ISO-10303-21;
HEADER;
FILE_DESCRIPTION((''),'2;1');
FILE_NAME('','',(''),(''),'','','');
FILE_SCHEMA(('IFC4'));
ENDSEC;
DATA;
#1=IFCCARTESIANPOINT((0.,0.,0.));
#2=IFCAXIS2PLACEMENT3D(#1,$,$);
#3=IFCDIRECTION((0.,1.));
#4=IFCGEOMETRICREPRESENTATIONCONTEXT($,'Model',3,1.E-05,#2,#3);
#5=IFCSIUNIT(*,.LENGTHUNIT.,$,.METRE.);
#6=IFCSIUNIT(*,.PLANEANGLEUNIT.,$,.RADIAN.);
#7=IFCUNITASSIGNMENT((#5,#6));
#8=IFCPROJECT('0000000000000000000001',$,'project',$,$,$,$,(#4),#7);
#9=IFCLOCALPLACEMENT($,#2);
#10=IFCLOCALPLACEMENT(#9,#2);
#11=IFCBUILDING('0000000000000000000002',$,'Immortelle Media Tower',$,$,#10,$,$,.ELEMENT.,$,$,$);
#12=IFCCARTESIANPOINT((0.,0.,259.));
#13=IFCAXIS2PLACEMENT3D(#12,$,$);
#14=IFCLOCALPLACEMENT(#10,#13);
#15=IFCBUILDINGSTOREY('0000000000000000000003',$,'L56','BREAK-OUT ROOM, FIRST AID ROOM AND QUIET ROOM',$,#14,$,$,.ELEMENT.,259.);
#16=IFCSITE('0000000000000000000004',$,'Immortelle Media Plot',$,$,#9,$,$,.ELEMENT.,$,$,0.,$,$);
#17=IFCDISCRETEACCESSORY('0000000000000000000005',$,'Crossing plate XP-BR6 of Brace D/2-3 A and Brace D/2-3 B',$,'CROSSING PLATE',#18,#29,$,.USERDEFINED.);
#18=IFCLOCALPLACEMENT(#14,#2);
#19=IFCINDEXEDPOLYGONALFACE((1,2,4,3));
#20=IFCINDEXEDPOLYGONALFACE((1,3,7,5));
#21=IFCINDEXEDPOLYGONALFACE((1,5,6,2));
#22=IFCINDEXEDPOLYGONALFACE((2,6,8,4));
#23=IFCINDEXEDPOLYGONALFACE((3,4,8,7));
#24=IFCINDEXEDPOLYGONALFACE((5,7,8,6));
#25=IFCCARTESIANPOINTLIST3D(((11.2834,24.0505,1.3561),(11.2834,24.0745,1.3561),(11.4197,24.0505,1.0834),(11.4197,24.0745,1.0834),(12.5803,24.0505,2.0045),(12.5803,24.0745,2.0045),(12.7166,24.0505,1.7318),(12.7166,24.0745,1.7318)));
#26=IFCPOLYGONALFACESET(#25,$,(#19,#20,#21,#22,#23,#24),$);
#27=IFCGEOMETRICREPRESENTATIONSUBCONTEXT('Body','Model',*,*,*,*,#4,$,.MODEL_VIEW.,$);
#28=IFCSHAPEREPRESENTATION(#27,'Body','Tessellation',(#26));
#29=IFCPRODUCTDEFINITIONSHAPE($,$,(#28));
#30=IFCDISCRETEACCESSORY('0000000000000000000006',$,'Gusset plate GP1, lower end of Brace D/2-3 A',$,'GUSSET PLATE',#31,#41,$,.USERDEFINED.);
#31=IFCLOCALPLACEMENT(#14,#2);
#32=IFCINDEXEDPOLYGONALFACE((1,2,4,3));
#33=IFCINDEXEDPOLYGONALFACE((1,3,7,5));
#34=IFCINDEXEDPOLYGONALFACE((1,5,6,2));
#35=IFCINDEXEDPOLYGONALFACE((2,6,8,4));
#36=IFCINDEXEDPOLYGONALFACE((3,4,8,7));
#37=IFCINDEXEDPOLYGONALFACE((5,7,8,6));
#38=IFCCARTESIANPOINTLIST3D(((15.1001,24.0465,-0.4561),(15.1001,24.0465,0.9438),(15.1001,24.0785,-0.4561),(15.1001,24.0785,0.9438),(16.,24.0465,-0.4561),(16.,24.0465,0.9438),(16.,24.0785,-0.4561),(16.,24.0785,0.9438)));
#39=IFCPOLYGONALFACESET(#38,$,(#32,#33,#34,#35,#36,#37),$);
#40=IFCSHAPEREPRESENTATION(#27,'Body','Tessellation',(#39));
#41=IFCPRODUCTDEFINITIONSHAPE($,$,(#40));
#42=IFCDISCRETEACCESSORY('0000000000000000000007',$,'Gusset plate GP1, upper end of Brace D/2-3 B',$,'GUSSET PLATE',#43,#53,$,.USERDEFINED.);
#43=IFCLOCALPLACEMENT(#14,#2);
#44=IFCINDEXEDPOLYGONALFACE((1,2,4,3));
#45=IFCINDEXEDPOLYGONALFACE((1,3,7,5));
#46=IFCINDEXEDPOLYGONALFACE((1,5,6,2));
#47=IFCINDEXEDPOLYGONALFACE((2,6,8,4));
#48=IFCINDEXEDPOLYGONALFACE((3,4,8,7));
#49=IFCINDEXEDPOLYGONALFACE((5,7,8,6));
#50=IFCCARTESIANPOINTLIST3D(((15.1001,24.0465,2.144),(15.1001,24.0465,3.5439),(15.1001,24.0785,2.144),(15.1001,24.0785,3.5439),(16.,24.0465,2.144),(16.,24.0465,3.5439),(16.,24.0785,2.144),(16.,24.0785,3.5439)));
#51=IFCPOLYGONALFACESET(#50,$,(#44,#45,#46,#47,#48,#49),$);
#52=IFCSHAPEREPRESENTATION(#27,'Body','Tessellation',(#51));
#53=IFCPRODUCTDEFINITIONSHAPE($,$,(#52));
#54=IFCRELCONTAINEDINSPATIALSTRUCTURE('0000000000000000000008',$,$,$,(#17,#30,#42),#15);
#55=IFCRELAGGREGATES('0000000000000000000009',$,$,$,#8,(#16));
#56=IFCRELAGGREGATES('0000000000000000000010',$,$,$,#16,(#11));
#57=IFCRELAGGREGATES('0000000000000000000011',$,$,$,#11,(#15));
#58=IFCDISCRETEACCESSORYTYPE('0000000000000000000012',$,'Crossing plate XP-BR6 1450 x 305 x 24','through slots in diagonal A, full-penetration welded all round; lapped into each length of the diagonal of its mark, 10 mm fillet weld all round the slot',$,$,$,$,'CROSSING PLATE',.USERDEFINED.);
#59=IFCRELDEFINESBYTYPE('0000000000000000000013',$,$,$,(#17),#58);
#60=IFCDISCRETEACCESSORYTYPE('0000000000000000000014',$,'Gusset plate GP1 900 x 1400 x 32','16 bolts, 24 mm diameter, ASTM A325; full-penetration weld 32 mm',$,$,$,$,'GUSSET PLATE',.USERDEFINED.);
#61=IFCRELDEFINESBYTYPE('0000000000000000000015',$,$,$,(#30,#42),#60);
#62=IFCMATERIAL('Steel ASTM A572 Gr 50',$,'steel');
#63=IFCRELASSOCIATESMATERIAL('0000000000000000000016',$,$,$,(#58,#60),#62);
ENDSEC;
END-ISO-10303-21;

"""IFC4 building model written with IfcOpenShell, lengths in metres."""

from ifc_helpers import new_model, si_unit, direction, frame, origin, origin_2d, place, context, subcontext, project, spatial, rectangle, extrude, material, material_profile, profile_set, type_object, element, save


model = new_model("IFC4")

# Units and contexts
model_context = context("Model", 3, precision=1e-05, world=origin(), true_north=direction((0.0, 1.0)))
body_context = subcontext(model_context, "Body", "Model", "MODEL_VIEW")
ifc_project = project(units=[si_unit("LENGTHUNIT", "METRE"), si_unit("PLANEANGLEUNIT", "RADIAN")], contexts=[model_context])

# Site, building, storey
site_placement = place(None, origin())
site = spatial("IfcSite", under=ifc_project, at=site_placement, Name="Immortelle Media Plot", CompositionType="ELEMENT", RefElevation=0.0)
building_placement = place(site_placement, origin())
building = spatial("IfcBuilding", under=site, at=building_placement, Name="Immortelle Media Tower", CompositionType="ELEMENT")
storey_placement = place(building_placement, frame((0.0, 0.0, 259.0)))
storey = spatial("IfcBuildingStorey", under=building, at=storey_placement, Name="L56", Description="BREAK-OUT ROOM, FIRST AID ROOM AND QUIET ROOM", CompositionType="ELEMENT", Elevation=259.0)

# Discrete accessories
ifc_material_1 = material(Name="Steel ASTM A572 Gr 50", Category="steel")
ifc_material_profile_1 = material_profile(ifc_material_1, rectangle(XDim=0.0239, YDim=0.3049, at=origin_2d()), Name="PL 24 x 305")
ifc_profile_set_1 = profile_set([ifc_material_profile_1], Name="Steel ASTM A572 Gr 50")
discrete_accessory_type_1 = type_object("IfcDiscreteAccessoryType", Name="Crossing plate XP-BR6 1450 x 305 x 24", Description="through slots in diagonal A, full-penetration welded all round; lapped into each length of the diagonal of its mark, 10 mm fillet weld all round the slot", ElementType="CROSSING PLATE", PredefinedType="USERDEFINED", material=ifc_profile_set_1)
discrete_accessory_placement = place(storey_placement, frame((12.6484, 24.0625, 1.8682), z_axis=(-0.894427, 0.0, -0.447214), x_axis=(0.0, -1.0, 0.0)))
element("IfcDiscreteAccessory", 1, at=discrete_accessory_placement, inside=storey, type_object=discrete_accessory_type_1, Name="Crossing plate XP-BR6 of Brace D/2-3 A and Brace D/2-3 B", ObjectType="CROSSING PLATE", PredefinedType="USERDEFINED", context=body_context, shape_type="SweptSolid", body=[
    extrude(rectangle(XDim=0.0239, YDim=0.3049, at=origin_2d()), origin(), (0.0, 0.0, 1.0), 1.45),
])
ifc_material_profile_2 = material_profile(ifc_material_1, rectangle(XDim=0.032, YDim=1.3999, at=origin_2d()), Name="PL 32 x 1400")
ifc_profile_set_2 = profile_set([ifc_material_profile_2], Name="Steel ASTM A572 Gr 50")
discrete_accessory_type_2 = type_object("IfcDiscreteAccessoryType", Name="Gusset plate GP1 900 x 1400 x 32", Description="16 bolts, 24 mm diameter, ASTM A325; full-penetration weld 32 mm", ElementType="GUSSET PLATE", PredefinedType="USERDEFINED", material=ifc_profile_set_2)
for number, where, z_axis, x_axis, name in (
    (2, (16.0, 24.0625, 0.2439), (-1.0, 0.0, 0.0), (0.0, -1.0, 0.0), "Gusset plate GP1, lower end of Brace D/2-3 A"),
    (3, (16.0, 24.0625, 2.844), (-1.0, 0.0, 0.0), (0.0, -1.0, 0.0), "Gusset plate GP1, upper end of Brace D/2-3 B"),
):
    element("IfcDiscreteAccessory", number, at=place(storey_placement, frame(where, z_axis=z_axis, x_axis=x_axis)), inside=storey, type_object=discrete_accessory_type_2, Name=name, ObjectType="GUSSET PLATE", PredefinedType="USERDEFINED", context=body_context, shape_type="SweptSolid", body=[
        extrude(rectangle(XDim=0.032, YDim=1.3999, at=origin_2d()), origin(), (0.0, 0.0, 1.0), 0.8999),
    ])

save(model, "model.ifc")
